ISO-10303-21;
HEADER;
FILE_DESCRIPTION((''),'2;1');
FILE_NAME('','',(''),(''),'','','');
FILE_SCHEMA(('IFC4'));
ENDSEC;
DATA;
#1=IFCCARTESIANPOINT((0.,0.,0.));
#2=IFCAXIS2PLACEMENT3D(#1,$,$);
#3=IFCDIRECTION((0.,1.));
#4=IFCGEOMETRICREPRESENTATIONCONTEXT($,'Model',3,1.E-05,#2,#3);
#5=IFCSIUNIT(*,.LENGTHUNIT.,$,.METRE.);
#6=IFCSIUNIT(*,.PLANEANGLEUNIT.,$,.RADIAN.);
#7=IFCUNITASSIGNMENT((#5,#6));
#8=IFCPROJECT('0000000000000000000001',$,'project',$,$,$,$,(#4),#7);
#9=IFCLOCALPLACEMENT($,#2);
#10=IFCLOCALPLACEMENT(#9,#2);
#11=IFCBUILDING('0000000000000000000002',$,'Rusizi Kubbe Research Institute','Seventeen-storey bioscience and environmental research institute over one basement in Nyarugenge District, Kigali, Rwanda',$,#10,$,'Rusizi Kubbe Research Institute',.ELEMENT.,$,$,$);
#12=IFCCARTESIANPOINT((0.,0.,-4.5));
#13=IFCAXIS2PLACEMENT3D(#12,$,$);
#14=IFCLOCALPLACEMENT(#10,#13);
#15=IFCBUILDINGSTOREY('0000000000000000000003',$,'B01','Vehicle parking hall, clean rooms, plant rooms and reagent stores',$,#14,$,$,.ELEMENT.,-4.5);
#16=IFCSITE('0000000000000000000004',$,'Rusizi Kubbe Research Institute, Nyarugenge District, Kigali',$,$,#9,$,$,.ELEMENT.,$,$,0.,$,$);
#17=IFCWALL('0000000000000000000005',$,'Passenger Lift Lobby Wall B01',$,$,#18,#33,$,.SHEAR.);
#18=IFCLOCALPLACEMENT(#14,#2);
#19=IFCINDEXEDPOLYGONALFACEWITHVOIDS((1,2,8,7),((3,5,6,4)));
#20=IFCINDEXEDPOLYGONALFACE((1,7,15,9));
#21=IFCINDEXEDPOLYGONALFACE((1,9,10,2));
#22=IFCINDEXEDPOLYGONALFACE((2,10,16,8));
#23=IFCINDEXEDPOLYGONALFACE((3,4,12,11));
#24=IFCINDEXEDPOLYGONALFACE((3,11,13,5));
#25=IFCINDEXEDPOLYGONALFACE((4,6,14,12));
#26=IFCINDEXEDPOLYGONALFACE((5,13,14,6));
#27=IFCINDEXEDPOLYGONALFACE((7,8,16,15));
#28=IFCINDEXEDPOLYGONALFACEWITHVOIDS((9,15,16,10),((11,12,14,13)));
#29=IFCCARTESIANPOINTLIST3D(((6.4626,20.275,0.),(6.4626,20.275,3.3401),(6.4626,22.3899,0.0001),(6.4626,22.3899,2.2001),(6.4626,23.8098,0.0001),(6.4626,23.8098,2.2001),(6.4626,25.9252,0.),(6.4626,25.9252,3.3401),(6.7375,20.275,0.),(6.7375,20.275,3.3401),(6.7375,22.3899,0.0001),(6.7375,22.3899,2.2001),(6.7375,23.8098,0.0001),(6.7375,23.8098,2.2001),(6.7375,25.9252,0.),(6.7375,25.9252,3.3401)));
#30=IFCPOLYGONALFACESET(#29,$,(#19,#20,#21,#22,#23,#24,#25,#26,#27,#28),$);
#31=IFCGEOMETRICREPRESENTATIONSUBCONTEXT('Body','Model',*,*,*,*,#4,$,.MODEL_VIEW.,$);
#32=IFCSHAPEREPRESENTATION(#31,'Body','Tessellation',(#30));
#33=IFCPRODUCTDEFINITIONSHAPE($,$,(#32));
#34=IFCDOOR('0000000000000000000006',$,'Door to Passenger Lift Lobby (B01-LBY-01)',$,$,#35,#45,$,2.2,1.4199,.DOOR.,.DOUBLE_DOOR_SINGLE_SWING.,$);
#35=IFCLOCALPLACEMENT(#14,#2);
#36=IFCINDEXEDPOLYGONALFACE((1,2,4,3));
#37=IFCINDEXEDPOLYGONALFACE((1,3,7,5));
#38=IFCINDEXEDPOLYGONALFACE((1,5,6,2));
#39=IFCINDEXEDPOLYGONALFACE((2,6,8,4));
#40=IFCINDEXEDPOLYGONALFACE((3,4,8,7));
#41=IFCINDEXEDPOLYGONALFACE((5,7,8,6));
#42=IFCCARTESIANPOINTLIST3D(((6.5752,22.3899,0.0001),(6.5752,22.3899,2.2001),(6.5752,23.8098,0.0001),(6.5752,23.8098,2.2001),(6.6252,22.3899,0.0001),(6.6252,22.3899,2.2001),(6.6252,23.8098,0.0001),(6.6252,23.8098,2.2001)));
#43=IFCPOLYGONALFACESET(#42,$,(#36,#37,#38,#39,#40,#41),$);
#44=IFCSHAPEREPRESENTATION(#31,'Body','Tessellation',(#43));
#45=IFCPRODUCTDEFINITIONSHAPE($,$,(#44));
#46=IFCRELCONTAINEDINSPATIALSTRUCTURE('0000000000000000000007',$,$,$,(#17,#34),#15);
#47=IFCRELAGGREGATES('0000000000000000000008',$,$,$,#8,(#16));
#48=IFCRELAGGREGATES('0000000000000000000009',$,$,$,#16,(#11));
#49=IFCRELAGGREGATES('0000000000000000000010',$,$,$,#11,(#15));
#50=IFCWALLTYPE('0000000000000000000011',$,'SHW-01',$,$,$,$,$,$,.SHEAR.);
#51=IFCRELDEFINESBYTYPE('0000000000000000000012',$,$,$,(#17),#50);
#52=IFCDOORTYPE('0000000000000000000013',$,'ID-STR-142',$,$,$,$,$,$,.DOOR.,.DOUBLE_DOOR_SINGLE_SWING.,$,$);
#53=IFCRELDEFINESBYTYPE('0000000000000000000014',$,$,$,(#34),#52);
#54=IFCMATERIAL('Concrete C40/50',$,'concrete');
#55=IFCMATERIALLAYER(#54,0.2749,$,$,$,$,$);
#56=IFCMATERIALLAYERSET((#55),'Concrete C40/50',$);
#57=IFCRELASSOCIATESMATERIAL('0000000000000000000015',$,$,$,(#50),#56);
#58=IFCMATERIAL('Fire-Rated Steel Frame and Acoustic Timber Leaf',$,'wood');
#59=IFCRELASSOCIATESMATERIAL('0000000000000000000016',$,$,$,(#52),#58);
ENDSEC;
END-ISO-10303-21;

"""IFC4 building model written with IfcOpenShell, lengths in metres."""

from ifc_helpers import new_model, si_unit, direction, frame, frame_2d, origin, place, context, subcontext, project, spatial, rectangle, extrude, material, layer, layer_set, type_object, element, fill, save


model = new_model("IFC4")

# Units and contexts
model_context = context("Model", 3, precision=1e-05, world=origin(), true_north=direction((0.0, 1.0)))
body_context = subcontext(model_context, "Body", "Model", "MODEL_VIEW")
ifc_project = project(units=[si_unit("LENGTHUNIT", "METRE"), si_unit("PLANEANGLEUNIT", "RADIAN")], contexts=[model_context])

# Site, building, storey
site_placement = place(None, origin())
site = spatial("IfcSite", under=ifc_project, at=site_placement, Name="Rusizi Kubbe Research Institute, Nyarugenge District, Kigali", CompositionType="ELEMENT", RefElevation=0.0)
building_placement = place(site_placement, origin())
building = spatial("IfcBuilding", under=site, at=building_placement, Name="Rusizi Kubbe Research Institute", Description="Seventeen-storey bioscience and environmental research institute over one basement in Nyarugenge District, Kigali, Rwanda", LongName="Rusizi Kubbe Research Institute", CompositionType="ELEMENT")
storey_placement = place(building_placement, frame((0.0, 0.0, -4.5)))
storey = spatial("IfcBuildingStorey", under=building, at=storey_placement, Name="B01", Description="Vehicle parking hall, clean rooms, plant rooms and reagent stores", CompositionType="ELEMENT", Elevation=-4.5)

# Wall, opening, door
ifc_material_1 = material(Name="Concrete C40/50", Category="concrete")
ifc_layer_1 = layer(ifc_material_1, 0.2749)
ifc_layer_set_1 = layer_set([ifc_layer_1], Name="Concrete C40/50")
wall_type_1 = type_object("IfcWallType", Name="SHW-01", PredefinedType="SHEAR", material=ifc_layer_set_1)
wall_1_placement = place(storey_placement, frame((6.6001, 20.2749, 0.0), z_axis=(0.0, 0.0, 1.0), x_axis=(0.0, 1.0, 0.0)))
wall_1 = element("IfcWall", 1, at=wall_1_placement, inside=storey, type_object=wall_type_1, Name="Passenger Lift Lobby Wall B01", PredefinedType="SHEAR", context=body_context, shape_type="SweptSolid", body=[
    extrude(rectangle(XDim=5.6501, YDim=0.2749, at=frame_2d((2.8252, 0.0))), origin(), (0.0, 0.0, 1.0), 3.3401),
])
opening_1_placement = place(wall_1_placement, frame((2.115, 0.0, 0.0)))
opening_1 = element("IfcOpeningElement", 2, at=opening_1_placement, cuts=wall_1, PredefinedType="OPENING", context=body_context, shape_type="SweptSolid", body=[
    extrude(rectangle(XDim=1.4199, YDim=2.2, at=frame_2d((0.71, 1.1001))), frame((0.0, 0.1475, 0.0), z_axis=(0.0, -1.0, 0.0), x_axis=(1.0, 0.0, 0.0)), (0.0, 0.0, 1.0), 0.2949),
])
ifc_material_2 = material(Name="Fire-Rated Steel Frame and Acoustic Timber Leaf", Category="wood")
door_type_1 = type_object("IfcDoorType", Name="ID-STR-142", OperationType="DOUBLE_DOOR_SINGLE_SWING", PredefinedType="DOOR", material=ifc_material_2)
door_1_placement = place(opening_1_placement, origin())
door_1 = element("IfcDoor", 3, at=door_1_placement, inside=storey, type_object=door_type_1, Name="Door to Passenger Lift Lobby (B01-LBY-01)", OperationType="DOUBLE_DOOR_SINGLE_SWING", OverallHeight=2.2, OverallWidth=1.4199, PredefinedType="DOOR", context=body_context, shape_type="SweptSolid", body=[
    extrude(rectangle(XDim=1.4199, YDim=2.2, at=frame_2d((0.71, 1.1001))), frame((0.0, 0.0249, 0.0), z_axis=(0.0, -1.0, 0.0), x_axis=(1.0, 0.0, 0.0)), (0.0, 0.0, 1.0), 0.05),
])
fill(opening_1, door_1)

save(model, "model.ifc")
